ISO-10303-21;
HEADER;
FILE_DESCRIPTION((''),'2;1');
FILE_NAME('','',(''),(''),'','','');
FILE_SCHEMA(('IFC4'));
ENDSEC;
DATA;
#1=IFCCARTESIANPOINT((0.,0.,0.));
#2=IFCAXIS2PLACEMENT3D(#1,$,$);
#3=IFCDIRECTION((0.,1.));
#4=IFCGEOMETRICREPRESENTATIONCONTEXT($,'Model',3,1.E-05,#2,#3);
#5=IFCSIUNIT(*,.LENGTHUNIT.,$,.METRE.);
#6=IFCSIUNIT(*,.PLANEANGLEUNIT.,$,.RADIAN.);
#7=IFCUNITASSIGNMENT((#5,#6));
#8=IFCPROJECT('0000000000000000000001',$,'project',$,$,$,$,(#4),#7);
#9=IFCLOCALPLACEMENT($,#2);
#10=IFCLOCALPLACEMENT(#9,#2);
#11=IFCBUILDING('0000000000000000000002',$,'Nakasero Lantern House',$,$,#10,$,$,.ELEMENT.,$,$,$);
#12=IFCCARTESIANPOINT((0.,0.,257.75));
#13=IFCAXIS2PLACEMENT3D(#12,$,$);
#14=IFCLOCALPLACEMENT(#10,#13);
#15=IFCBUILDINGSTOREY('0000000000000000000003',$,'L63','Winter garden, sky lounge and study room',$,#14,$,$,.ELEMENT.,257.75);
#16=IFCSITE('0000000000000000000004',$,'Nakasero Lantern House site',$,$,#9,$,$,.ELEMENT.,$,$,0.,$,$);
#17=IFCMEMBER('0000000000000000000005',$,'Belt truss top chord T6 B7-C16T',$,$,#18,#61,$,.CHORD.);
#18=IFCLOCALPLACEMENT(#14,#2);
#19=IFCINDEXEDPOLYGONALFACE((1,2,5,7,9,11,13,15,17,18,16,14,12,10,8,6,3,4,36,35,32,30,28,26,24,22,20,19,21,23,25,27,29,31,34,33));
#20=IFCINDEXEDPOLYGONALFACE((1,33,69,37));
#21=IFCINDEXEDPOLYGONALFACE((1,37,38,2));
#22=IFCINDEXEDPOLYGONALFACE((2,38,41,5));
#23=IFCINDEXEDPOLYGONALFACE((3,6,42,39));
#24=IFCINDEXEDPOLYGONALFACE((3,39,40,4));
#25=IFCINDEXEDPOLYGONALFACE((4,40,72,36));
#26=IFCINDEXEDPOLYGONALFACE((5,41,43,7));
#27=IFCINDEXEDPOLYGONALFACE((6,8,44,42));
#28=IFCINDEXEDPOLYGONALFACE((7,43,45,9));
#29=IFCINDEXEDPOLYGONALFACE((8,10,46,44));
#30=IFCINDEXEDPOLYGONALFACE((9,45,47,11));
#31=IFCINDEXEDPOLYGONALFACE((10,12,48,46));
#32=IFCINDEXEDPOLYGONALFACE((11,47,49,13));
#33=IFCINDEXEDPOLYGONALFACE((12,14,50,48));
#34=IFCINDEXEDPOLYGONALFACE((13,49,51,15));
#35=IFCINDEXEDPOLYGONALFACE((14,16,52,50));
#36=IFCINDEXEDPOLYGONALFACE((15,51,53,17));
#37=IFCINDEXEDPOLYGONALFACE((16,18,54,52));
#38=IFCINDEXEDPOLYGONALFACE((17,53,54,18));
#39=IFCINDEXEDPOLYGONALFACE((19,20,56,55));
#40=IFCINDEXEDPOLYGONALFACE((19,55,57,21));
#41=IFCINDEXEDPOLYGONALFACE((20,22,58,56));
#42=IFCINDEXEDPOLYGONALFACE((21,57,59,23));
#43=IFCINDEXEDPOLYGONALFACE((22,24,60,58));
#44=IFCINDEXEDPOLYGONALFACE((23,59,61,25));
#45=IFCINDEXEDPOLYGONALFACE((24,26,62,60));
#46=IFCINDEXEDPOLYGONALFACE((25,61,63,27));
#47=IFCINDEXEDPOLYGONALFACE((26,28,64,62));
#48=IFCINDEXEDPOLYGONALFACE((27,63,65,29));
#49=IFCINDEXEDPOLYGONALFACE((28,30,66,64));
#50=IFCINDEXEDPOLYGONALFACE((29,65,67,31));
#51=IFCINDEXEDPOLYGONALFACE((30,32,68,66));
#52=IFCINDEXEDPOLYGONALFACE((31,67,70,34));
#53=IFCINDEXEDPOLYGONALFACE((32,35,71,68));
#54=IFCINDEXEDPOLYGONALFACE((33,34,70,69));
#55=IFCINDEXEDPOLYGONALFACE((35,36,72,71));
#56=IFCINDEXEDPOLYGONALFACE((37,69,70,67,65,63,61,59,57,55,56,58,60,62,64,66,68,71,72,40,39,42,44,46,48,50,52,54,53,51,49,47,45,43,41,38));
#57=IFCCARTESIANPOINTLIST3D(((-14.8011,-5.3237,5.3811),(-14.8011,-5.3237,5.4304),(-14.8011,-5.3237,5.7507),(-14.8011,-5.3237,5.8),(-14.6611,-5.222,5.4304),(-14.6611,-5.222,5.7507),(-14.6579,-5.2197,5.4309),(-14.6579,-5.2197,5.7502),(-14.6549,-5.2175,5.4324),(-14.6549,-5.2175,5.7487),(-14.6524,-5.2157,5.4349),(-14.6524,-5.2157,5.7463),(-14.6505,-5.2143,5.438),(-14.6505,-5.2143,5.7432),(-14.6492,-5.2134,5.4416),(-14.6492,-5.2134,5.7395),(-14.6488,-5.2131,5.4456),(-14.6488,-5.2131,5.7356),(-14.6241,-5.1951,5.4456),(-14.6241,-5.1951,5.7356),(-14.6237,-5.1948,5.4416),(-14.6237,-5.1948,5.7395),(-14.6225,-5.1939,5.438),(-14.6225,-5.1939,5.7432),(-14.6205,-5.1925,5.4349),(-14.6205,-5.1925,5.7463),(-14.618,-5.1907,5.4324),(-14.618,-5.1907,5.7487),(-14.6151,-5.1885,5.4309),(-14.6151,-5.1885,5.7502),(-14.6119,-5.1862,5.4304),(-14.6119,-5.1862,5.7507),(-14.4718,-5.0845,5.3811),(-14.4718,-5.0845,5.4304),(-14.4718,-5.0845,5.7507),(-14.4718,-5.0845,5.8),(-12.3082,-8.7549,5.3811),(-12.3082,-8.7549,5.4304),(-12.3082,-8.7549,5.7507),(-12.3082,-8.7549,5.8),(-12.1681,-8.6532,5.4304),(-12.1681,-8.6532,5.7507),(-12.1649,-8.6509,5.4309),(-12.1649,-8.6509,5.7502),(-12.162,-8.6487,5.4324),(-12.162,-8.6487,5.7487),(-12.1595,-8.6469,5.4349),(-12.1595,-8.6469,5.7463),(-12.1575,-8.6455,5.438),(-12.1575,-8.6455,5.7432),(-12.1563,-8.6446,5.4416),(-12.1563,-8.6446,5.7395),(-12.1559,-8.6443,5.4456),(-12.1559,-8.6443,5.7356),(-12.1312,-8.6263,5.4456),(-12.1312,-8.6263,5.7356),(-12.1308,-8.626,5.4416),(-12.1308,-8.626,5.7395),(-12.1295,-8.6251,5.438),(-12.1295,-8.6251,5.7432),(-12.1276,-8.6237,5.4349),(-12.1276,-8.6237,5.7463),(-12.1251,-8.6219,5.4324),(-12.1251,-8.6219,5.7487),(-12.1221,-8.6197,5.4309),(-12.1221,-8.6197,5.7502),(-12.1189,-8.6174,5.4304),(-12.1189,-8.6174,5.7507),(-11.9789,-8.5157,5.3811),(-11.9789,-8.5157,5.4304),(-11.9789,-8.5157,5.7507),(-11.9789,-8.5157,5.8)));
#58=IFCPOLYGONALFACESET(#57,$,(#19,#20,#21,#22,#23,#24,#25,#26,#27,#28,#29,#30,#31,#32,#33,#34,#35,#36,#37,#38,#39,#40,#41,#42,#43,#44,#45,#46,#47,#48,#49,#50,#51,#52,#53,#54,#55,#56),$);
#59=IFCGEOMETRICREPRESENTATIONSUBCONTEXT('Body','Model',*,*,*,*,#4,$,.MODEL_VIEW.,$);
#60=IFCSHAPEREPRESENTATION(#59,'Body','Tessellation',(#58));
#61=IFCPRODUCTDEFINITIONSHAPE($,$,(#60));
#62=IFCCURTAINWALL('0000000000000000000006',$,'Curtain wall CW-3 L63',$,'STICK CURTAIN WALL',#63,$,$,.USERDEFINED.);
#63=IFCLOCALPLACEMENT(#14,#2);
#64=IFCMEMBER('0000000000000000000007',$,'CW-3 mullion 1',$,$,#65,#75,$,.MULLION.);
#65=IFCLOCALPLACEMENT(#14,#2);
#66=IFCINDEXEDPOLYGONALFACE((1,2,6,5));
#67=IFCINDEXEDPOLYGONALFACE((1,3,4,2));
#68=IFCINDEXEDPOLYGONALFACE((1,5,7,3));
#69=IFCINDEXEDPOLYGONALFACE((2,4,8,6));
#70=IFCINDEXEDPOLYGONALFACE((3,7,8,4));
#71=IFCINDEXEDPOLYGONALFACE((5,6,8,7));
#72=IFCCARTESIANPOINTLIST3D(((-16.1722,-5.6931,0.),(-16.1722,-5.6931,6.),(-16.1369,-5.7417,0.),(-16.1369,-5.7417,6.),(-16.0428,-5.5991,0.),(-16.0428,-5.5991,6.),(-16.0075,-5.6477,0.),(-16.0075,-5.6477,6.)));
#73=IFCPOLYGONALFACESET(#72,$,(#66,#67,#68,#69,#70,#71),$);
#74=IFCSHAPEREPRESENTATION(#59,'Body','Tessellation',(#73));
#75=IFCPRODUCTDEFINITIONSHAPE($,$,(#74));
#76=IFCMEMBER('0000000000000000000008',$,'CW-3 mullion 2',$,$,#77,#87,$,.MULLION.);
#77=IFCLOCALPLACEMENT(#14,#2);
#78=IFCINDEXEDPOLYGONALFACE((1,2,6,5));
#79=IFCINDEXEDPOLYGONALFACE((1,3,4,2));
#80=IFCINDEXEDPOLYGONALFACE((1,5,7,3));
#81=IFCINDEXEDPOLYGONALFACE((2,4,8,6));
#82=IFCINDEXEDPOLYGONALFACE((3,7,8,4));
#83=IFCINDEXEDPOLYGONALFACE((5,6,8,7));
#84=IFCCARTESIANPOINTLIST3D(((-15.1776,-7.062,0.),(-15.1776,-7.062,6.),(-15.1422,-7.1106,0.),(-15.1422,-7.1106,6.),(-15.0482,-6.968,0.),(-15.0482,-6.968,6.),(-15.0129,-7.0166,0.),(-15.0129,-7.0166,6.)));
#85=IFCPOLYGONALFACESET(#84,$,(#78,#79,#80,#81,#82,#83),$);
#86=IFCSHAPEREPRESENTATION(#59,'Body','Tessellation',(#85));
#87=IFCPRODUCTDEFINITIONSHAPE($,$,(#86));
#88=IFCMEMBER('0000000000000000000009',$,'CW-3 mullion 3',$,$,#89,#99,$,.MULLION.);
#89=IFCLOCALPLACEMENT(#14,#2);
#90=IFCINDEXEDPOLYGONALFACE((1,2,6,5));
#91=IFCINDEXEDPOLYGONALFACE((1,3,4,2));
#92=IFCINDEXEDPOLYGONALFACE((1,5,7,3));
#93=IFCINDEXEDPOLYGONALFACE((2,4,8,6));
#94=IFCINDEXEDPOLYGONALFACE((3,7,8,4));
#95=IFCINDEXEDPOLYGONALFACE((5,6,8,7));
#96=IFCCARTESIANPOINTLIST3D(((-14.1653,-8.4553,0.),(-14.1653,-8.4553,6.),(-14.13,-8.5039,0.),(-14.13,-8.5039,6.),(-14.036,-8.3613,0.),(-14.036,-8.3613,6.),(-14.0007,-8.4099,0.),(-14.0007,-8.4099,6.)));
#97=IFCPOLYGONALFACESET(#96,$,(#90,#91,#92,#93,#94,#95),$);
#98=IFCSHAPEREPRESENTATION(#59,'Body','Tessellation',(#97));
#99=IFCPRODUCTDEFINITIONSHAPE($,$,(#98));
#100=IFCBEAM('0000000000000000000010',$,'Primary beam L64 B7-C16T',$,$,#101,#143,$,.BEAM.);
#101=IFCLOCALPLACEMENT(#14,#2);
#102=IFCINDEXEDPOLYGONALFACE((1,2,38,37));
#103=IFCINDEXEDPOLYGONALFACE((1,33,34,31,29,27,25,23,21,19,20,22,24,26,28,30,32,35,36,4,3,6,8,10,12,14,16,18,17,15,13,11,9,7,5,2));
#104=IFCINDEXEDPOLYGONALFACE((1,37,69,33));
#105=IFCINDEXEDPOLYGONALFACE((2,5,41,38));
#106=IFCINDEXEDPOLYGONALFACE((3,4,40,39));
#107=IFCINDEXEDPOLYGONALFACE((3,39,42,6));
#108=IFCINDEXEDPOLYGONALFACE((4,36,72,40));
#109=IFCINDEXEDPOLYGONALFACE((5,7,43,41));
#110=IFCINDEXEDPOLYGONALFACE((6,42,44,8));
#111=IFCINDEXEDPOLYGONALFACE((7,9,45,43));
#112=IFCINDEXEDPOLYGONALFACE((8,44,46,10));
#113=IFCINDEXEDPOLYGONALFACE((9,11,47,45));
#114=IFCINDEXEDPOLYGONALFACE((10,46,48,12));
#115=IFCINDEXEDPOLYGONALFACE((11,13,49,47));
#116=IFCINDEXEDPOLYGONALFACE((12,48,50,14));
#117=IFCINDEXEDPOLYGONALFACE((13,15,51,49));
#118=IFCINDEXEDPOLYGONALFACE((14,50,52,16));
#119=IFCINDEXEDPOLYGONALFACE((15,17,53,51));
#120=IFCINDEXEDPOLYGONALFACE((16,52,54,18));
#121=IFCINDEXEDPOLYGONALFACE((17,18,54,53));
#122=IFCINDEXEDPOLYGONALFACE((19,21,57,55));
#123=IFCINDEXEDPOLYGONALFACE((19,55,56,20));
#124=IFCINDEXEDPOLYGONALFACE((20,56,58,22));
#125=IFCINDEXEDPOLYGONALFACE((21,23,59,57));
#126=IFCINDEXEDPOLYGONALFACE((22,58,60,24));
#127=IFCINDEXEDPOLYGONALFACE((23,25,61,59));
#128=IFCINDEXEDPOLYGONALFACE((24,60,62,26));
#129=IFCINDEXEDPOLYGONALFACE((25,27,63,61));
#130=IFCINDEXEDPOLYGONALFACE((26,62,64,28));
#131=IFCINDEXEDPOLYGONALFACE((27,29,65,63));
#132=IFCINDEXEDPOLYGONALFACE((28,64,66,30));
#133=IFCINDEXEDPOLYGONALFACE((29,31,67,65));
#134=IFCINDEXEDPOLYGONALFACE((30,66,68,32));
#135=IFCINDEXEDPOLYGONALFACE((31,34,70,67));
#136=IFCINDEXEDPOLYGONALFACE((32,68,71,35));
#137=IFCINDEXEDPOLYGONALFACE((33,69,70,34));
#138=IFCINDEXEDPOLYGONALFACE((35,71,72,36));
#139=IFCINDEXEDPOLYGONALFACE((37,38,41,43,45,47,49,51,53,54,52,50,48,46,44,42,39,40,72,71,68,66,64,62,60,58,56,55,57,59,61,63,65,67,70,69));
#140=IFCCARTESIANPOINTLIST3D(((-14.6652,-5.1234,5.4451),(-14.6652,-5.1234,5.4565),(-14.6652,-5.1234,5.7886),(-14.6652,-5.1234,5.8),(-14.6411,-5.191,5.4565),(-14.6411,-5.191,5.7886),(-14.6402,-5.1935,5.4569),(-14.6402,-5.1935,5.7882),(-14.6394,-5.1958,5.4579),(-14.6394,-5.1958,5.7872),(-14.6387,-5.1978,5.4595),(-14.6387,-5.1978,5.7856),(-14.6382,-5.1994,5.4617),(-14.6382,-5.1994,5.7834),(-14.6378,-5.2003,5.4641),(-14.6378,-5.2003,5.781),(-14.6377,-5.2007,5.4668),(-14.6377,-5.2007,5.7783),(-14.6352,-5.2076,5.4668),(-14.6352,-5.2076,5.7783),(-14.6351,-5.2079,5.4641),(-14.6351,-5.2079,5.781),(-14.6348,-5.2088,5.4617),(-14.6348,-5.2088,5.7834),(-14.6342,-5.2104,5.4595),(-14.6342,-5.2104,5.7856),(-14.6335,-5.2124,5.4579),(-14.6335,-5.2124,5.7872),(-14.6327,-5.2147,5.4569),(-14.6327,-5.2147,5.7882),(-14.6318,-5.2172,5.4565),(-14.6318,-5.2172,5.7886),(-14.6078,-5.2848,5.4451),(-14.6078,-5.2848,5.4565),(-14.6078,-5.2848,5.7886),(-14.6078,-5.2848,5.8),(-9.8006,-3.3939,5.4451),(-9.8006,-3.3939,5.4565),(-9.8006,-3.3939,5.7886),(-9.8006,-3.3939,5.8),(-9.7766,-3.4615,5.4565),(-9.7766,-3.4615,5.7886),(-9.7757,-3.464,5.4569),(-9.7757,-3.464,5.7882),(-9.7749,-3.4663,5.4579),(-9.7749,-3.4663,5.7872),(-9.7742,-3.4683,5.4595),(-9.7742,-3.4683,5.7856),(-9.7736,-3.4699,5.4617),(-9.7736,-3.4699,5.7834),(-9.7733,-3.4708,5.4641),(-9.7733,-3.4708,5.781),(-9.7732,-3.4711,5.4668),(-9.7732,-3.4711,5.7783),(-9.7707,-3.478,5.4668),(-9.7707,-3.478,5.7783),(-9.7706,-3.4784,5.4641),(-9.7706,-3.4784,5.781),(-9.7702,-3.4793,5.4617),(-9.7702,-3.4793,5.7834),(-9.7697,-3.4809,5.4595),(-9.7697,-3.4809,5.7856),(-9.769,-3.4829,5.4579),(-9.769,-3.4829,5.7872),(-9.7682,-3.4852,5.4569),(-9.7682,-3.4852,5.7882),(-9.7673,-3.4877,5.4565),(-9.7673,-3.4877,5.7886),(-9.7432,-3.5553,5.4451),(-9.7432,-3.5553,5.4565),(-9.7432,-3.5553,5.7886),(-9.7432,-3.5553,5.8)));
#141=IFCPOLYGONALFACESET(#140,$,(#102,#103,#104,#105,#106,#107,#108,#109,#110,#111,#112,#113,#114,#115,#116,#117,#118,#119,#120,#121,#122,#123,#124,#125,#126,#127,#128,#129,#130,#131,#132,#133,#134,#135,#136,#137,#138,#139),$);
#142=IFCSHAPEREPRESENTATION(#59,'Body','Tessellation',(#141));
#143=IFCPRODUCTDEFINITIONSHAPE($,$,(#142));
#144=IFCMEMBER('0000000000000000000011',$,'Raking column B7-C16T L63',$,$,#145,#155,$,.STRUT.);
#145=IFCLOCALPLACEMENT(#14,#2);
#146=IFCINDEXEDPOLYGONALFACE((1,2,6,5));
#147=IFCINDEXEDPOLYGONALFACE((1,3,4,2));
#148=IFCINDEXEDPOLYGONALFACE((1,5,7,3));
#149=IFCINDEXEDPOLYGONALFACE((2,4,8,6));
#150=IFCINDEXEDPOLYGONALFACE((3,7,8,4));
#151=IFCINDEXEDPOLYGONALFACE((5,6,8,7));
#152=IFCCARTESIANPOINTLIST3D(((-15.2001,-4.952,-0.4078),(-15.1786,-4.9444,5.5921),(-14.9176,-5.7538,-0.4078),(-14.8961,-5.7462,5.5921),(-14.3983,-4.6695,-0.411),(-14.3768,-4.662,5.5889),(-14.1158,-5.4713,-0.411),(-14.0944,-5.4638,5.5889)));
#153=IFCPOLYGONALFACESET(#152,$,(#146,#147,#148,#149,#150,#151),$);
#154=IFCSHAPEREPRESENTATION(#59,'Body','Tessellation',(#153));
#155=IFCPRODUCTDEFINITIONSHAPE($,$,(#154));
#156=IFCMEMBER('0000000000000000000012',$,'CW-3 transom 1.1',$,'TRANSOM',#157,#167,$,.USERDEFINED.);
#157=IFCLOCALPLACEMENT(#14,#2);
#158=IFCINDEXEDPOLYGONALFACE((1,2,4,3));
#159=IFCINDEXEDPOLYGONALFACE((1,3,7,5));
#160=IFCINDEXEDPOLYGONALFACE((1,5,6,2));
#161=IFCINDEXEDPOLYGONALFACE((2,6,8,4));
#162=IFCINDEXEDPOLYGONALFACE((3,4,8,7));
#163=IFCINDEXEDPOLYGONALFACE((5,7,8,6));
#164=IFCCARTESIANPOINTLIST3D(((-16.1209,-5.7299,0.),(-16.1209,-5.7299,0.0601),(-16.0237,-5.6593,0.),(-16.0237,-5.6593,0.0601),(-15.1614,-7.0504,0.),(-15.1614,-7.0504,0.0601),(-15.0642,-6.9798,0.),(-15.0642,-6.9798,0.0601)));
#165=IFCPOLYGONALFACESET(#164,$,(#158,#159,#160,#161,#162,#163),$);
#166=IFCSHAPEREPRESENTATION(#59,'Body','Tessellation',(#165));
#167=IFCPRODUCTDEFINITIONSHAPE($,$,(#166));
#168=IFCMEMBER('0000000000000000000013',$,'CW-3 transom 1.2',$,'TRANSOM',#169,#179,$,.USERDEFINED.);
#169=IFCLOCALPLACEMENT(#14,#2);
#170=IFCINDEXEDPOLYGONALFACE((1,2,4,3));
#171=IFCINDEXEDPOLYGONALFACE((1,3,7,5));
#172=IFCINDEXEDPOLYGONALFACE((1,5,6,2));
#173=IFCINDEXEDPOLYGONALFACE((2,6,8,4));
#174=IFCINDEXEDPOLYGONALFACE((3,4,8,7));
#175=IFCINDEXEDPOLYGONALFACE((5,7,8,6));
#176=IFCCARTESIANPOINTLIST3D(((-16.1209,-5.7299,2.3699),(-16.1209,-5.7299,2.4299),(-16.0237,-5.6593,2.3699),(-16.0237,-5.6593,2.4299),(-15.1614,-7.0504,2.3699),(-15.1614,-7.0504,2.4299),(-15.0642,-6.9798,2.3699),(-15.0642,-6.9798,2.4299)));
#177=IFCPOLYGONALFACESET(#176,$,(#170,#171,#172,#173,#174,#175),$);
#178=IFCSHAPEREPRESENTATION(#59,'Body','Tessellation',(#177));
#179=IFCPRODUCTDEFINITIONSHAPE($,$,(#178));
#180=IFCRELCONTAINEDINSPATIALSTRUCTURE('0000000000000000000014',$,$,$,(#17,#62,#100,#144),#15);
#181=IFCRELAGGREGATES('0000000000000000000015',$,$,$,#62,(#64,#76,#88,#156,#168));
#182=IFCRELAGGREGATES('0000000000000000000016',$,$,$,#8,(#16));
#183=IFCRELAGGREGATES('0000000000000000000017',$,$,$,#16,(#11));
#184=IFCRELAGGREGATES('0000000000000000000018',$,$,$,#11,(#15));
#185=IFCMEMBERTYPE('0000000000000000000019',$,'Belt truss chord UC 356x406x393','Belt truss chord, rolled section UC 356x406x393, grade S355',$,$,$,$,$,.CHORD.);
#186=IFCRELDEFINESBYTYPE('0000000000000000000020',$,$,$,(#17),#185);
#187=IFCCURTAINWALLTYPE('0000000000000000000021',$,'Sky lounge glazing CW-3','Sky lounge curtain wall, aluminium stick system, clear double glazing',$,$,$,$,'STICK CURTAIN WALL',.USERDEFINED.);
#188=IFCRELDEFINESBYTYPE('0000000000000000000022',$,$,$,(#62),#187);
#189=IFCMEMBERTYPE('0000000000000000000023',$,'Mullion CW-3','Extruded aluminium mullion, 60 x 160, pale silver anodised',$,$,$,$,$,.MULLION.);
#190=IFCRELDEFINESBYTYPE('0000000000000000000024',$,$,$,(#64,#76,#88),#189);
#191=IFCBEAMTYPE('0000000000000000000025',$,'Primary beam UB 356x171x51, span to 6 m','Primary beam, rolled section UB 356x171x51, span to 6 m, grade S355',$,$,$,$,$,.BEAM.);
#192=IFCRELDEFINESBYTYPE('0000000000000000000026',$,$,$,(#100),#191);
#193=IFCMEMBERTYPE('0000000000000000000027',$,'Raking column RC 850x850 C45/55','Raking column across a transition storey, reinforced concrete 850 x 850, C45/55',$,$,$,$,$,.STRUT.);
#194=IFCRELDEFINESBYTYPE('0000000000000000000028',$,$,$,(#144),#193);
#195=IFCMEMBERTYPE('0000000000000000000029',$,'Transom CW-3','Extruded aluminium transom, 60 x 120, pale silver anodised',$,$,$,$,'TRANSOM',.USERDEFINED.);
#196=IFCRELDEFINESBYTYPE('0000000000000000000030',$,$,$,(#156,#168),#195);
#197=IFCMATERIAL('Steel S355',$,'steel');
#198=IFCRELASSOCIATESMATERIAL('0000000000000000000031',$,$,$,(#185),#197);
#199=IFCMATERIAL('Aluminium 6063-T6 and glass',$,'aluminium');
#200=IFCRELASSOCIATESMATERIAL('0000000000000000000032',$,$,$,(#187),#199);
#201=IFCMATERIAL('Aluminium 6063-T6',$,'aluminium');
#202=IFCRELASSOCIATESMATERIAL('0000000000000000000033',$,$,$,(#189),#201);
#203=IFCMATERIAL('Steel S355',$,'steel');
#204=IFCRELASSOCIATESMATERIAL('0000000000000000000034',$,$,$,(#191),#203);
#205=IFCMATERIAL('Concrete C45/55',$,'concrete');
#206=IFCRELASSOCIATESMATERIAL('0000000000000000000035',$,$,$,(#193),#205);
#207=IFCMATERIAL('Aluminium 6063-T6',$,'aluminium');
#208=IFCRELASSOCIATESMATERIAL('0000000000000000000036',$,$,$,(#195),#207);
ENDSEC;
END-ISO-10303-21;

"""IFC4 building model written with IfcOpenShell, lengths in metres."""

from ifc_helpers import new_model, si_unit, direction, frame, origin, origin_2d, place, context, subcontext, project, spatial, rectangle, i_section, extrude, material, material_profile, profile_set, type_object, element, aggregate, save


model = new_model("IFC4")

# Units and contexts
model_context = context("Model", 3, precision=1e-05, world=origin(), true_north=direction((0.0, 1.0)))
body_context = subcontext(model_context, "Body", "Model", "MODEL_VIEW")
ifc_project = project(units=[si_unit("LENGTHUNIT", "METRE"), si_unit("PLANEANGLEUNIT", "RADIAN")], contexts=[model_context])

# Site, building, storey
site_placement = place(None, origin())
site = spatial("IfcSite", under=ifc_project, at=site_placement, Name="Nakasero Lantern House site", CompositionType="ELEMENT", RefElevation=0.0)
building_placement = place(site_placement, origin())
building = spatial("IfcBuilding", under=site, at=building_placement, Name="Nakasero Lantern House", CompositionType="ELEMENT")
storey_placement = place(building_placement, frame((0.0, 0.0, 257.75)))
storey = spatial("IfcBuildingStorey", under=building, at=storey_placement, Name="L63", Description="Winter garden, sky lounge and study room", CompositionType="ELEMENT", Elevation=257.75)

# Member
ifc_material_1 = material(Name="Steel S355", Category="steel")
ifc_material_profile_1 = material_profile(ifc_material_1, i_section(OverallWidth=0.407, OverallDepth=0.4189, WebThickness=0.0305, FlangeThickness=0.0493, FilletRadius=0.0151, at=origin_2d()), Name="UC 356x406x393")
ifc_profile_set_1 = profile_set([ifc_material_profile_1], Name="Steel S355")
member_type_1 = type_object("IfcMemberType", Name="Belt truss chord UC 356x406x393", Description="Belt truss chord, rolled section UC 356x406x393, grade S355", PredefinedType="CHORD", material=ifc_profile_set_1)
member_1_placement = place(storey_placement, frame((-14.6365, -5.2041, 5.5906), z_axis=(0.587792, -0.809012, 0.0), x_axis=(0.809012, 0.587792, 0.0)))
element("IfcMember", 1, at=member_1_placement, inside=storey, type_object=member_type_1, Name="Belt truss top chord T6 B7-C16T", PredefinedType="CHORD", context=body_context, shape_type="SweptSolid", body=[
    extrude(i_section(OverallWidth=0.407, OverallDepth=0.4189, WebThickness=0.0305, FlangeThickness=0.0493, FilletRadius=0.0151, at=origin_2d()), origin(), (0.0, 0.0, 1.0), 4.2412),
])

# Curtain wall, members
ifc_material_2 = material(Name="Aluminium 6063-T6 and glass", Category="aluminium")
curtain_wall_type = type_object("IfcCurtainWallType", Name="Sky lounge glazing CW-3", Description="Sky lounge curtain wall, aluminium stick system, clear double glazing", ElementType="STICK CURTAIN WALL", PredefinedType="USERDEFINED", material=ifc_material_2)
curtain_wall_placement = place(storey_placement, origin())
curtain_wall = element("IfcCurtainWall", 2, at=curtain_wall_placement, inside=storey, type_object=curtain_wall_type, Name="Curtain wall CW-3 L63", ObjectType="STICK CURTAIN WALL", PredefinedType="USERDEFINED")
ifc_material_3 = material(Name="Aluminium 6063-T6", Category="aluminium")
ifc_material_profile_2 = material_profile(ifc_material_3, rectangle(XDim=0.0601, YDim=0.1599, at=origin_2d()), Name="CW-3 mullion 60x160")
ifc_profile_set_2 = profile_set([ifc_material_profile_2], Name="Aluminium 6063-T6")
member_type_2 = type_object("IfcMemberType", Name="Mullion CW-3", Description="Extruded aluminium mullion, 60 x 160, pale silver anodised", PredefinedType="MULLION", material=ifc_profile_set_2)
member_2_placement = place(storey_placement, frame((-16.0898, -5.6704, 0.0), z_axis=(0.0, 0.0, 1.0), x_axis=(0.587785, -0.809017, 0.0)))
member_2 = element("IfcMember", 3, at=member_2_placement, type_object=member_type_2, Name="CW-3 mullion 1", PredefinedType="MULLION", context=body_context, shape_type="SweptSolid", body=[
    extrude(rectangle(XDim=0.0601, YDim=0.1599, at=origin_2d()), origin(), (0.0, 0.0, 1.0), 6.0),
])
member_3_placement = place(storey_placement, frame((-15.0952, -7.0393, 0.0), z_axis=(0.0, 0.0, 1.0), x_axis=(0.587785, -0.809017, 0.0)))
member_3 = element("IfcMember", 4, at=member_3_placement, type_object=member_type_2, Name="CW-3 mullion 2", PredefinedType="MULLION", context=body_context, shape_type="SweptSolid", body=[
    extrude(rectangle(XDim=0.0601, YDim=0.1599, at=origin_2d()), origin(), (0.0, 0.0, 1.0), 6.0),
])
member_4_placement = place(storey_placement, frame((-14.083, -8.4326, 0.0), z_axis=(0.0, 0.0, 1.0), x_axis=(0.587785, -0.809017, 0.0)))
member_4 = element("IfcMember", 5, at=member_4_placement, type_object=member_type_2, Name="CW-3 mullion 3", PredefinedType="MULLION", context=body_context, shape_type="SweptSolid", body=[
    extrude(rectangle(XDim=0.0601, YDim=0.1599, at=origin_2d()), origin(), (0.0, 0.0, 1.0), 6.0),
])

# Beam
ifc_material_4 = material(Name="Steel S355", Category="steel")
ifc_material_profile_3 = material_profile(ifc_material_4, i_section(OverallWidth=0.1714, OverallDepth=0.355, WebThickness=0.0073, FlangeThickness=0.0115, FilletRadius=0.0103, at=origin_2d()), Name="UB 356x171x51")
ifc_profile_set_3 = profile_set([ifc_material_profile_3], Name="Steel S355")
beam_type = type_object("IfcBeamType", Name="Primary beam UB 356x171x51, span to 6 m", Description="Primary beam, rolled section UB 356x171x51, span to 6 m, grade S355", PredefinedType="BEAM", material=ifc_profile_set_3)
beam_placement = place(storey_placement, frame((-14.6365, -5.2041, 5.6226), z_axis=(0.942221, 0.334991, 0.0), x_axis=(-0.334991, 0.942221, 0.0)))
element("IfcBeam", 6, at=beam_placement, inside=storey, type_object=beam_type, Name="Primary beam L64 B7-C16T", PredefinedType="BEAM", context=body_context, shape_type="SweptSolid", body=[
    extrude(i_section(OverallWidth=0.1714, OverallDepth=0.355, WebThickness=0.0073, FlangeThickness=0.0115, FilletRadius=0.0103, at=origin_2d()), origin(), (0.0, 0.0, 1.0), 5.1628),
])

# Members
ifc_material_5 = material(Name="Concrete C45/55", Category="concrete")
ifc_material_profile_4 = material_profile(ifc_material_5, rectangle(XDim=0.8501, YDim=0.8501, at=origin_2d()), Name="RC 850x850")
ifc_profile_set_4 = profile_set([ifc_material_profile_4], Name="Concrete C45/55")
member_type_3 = type_object("IfcMemberType", Name="Raking column RC 850x850 C45/55", Description="Raking column across a transition storey, reinforced concrete 850 x 850, C45/55", PredefinedType="STRUT", material=ifc_profile_set_4)
member_5_placement = place(storey_placement, frame((-14.658, -5.2117, -0.4094), z_axis=(0.003581, 0.001261, 0.999993), x_axis=(-0.332259, 0.943188, 0.0)))
element("IfcMember", 7, at=member_5_placement, inside=storey, type_object=member_type_3, Name="Raking column B7-C16T L63", PredefinedType="STRUT", context=body_context, shape_type="SweptSolid", body=[
    extrude(rectangle(XDim=0.8501, YDim=0.8501, at=origin_2d()), origin(), (0.0, 0.0, 1.0), 6.0),
])
ifc_material_6 = material(Name="Aluminium 6063-T6", Category="aluminium")
ifc_material_profile_5 = material_profile(ifc_material_6, rectangle(XDim=0.0601, YDim=0.1201, at=origin_2d()), Name="CW-3 transom 60x120")
ifc_profile_set_5 = profile_set([ifc_material_profile_5], Name="Aluminium 6063-T6")
member_type_4 = type_object("IfcMemberType", Name="Transom CW-3", Description="Extruded aluminium transom, 60 x 120, pale silver anodised", ElementType="TRANSOM", PredefinedType="USERDEFINED", material=ifc_profile_set_5)
member_6_placement = place(storey_placement, frame((-16.0723, -5.6946, 0.03), z_axis=(0.587798, -0.809008, 0.0), x_axis=(0.0, 0.0, 1.0)))
member_6 = element("IfcMember", 8, at=member_6_placement, type_object=member_type_4, Name="CW-3 transom 1.1", ObjectType="TRANSOM", PredefinedType="USERDEFINED", context=body_context, shape_type="SweptSolid", body=[
    extrude(rectangle(XDim=0.0601, YDim=0.1201, at=origin_2d()), origin(), (0.0, 0.0, 1.0), 1.6323),
])
member_7_placement = place(storey_placement, frame((-16.0723, -5.6946, 2.3999), z_axis=(0.587798, -0.809008, 0.0), x_axis=(0.0, 0.0, 1.0)))
member_7 = element("IfcMember", 9, at=member_7_placement, type_object=member_type_4, Name="CW-3 transom 1.2", ObjectType="TRANSOM", PredefinedType="USERDEFINED", context=body_context, shape_type="SweptSolid", body=[
    extrude(rectangle(XDim=0.0601, YDim=0.1201, at=origin_2d()), origin(), (0.0, 0.0, 1.0), 1.6323),
])

aggregate(curtain_wall, [member_2, member_3, member_4, member_6, member_7])

save(model, "model.ifc")
